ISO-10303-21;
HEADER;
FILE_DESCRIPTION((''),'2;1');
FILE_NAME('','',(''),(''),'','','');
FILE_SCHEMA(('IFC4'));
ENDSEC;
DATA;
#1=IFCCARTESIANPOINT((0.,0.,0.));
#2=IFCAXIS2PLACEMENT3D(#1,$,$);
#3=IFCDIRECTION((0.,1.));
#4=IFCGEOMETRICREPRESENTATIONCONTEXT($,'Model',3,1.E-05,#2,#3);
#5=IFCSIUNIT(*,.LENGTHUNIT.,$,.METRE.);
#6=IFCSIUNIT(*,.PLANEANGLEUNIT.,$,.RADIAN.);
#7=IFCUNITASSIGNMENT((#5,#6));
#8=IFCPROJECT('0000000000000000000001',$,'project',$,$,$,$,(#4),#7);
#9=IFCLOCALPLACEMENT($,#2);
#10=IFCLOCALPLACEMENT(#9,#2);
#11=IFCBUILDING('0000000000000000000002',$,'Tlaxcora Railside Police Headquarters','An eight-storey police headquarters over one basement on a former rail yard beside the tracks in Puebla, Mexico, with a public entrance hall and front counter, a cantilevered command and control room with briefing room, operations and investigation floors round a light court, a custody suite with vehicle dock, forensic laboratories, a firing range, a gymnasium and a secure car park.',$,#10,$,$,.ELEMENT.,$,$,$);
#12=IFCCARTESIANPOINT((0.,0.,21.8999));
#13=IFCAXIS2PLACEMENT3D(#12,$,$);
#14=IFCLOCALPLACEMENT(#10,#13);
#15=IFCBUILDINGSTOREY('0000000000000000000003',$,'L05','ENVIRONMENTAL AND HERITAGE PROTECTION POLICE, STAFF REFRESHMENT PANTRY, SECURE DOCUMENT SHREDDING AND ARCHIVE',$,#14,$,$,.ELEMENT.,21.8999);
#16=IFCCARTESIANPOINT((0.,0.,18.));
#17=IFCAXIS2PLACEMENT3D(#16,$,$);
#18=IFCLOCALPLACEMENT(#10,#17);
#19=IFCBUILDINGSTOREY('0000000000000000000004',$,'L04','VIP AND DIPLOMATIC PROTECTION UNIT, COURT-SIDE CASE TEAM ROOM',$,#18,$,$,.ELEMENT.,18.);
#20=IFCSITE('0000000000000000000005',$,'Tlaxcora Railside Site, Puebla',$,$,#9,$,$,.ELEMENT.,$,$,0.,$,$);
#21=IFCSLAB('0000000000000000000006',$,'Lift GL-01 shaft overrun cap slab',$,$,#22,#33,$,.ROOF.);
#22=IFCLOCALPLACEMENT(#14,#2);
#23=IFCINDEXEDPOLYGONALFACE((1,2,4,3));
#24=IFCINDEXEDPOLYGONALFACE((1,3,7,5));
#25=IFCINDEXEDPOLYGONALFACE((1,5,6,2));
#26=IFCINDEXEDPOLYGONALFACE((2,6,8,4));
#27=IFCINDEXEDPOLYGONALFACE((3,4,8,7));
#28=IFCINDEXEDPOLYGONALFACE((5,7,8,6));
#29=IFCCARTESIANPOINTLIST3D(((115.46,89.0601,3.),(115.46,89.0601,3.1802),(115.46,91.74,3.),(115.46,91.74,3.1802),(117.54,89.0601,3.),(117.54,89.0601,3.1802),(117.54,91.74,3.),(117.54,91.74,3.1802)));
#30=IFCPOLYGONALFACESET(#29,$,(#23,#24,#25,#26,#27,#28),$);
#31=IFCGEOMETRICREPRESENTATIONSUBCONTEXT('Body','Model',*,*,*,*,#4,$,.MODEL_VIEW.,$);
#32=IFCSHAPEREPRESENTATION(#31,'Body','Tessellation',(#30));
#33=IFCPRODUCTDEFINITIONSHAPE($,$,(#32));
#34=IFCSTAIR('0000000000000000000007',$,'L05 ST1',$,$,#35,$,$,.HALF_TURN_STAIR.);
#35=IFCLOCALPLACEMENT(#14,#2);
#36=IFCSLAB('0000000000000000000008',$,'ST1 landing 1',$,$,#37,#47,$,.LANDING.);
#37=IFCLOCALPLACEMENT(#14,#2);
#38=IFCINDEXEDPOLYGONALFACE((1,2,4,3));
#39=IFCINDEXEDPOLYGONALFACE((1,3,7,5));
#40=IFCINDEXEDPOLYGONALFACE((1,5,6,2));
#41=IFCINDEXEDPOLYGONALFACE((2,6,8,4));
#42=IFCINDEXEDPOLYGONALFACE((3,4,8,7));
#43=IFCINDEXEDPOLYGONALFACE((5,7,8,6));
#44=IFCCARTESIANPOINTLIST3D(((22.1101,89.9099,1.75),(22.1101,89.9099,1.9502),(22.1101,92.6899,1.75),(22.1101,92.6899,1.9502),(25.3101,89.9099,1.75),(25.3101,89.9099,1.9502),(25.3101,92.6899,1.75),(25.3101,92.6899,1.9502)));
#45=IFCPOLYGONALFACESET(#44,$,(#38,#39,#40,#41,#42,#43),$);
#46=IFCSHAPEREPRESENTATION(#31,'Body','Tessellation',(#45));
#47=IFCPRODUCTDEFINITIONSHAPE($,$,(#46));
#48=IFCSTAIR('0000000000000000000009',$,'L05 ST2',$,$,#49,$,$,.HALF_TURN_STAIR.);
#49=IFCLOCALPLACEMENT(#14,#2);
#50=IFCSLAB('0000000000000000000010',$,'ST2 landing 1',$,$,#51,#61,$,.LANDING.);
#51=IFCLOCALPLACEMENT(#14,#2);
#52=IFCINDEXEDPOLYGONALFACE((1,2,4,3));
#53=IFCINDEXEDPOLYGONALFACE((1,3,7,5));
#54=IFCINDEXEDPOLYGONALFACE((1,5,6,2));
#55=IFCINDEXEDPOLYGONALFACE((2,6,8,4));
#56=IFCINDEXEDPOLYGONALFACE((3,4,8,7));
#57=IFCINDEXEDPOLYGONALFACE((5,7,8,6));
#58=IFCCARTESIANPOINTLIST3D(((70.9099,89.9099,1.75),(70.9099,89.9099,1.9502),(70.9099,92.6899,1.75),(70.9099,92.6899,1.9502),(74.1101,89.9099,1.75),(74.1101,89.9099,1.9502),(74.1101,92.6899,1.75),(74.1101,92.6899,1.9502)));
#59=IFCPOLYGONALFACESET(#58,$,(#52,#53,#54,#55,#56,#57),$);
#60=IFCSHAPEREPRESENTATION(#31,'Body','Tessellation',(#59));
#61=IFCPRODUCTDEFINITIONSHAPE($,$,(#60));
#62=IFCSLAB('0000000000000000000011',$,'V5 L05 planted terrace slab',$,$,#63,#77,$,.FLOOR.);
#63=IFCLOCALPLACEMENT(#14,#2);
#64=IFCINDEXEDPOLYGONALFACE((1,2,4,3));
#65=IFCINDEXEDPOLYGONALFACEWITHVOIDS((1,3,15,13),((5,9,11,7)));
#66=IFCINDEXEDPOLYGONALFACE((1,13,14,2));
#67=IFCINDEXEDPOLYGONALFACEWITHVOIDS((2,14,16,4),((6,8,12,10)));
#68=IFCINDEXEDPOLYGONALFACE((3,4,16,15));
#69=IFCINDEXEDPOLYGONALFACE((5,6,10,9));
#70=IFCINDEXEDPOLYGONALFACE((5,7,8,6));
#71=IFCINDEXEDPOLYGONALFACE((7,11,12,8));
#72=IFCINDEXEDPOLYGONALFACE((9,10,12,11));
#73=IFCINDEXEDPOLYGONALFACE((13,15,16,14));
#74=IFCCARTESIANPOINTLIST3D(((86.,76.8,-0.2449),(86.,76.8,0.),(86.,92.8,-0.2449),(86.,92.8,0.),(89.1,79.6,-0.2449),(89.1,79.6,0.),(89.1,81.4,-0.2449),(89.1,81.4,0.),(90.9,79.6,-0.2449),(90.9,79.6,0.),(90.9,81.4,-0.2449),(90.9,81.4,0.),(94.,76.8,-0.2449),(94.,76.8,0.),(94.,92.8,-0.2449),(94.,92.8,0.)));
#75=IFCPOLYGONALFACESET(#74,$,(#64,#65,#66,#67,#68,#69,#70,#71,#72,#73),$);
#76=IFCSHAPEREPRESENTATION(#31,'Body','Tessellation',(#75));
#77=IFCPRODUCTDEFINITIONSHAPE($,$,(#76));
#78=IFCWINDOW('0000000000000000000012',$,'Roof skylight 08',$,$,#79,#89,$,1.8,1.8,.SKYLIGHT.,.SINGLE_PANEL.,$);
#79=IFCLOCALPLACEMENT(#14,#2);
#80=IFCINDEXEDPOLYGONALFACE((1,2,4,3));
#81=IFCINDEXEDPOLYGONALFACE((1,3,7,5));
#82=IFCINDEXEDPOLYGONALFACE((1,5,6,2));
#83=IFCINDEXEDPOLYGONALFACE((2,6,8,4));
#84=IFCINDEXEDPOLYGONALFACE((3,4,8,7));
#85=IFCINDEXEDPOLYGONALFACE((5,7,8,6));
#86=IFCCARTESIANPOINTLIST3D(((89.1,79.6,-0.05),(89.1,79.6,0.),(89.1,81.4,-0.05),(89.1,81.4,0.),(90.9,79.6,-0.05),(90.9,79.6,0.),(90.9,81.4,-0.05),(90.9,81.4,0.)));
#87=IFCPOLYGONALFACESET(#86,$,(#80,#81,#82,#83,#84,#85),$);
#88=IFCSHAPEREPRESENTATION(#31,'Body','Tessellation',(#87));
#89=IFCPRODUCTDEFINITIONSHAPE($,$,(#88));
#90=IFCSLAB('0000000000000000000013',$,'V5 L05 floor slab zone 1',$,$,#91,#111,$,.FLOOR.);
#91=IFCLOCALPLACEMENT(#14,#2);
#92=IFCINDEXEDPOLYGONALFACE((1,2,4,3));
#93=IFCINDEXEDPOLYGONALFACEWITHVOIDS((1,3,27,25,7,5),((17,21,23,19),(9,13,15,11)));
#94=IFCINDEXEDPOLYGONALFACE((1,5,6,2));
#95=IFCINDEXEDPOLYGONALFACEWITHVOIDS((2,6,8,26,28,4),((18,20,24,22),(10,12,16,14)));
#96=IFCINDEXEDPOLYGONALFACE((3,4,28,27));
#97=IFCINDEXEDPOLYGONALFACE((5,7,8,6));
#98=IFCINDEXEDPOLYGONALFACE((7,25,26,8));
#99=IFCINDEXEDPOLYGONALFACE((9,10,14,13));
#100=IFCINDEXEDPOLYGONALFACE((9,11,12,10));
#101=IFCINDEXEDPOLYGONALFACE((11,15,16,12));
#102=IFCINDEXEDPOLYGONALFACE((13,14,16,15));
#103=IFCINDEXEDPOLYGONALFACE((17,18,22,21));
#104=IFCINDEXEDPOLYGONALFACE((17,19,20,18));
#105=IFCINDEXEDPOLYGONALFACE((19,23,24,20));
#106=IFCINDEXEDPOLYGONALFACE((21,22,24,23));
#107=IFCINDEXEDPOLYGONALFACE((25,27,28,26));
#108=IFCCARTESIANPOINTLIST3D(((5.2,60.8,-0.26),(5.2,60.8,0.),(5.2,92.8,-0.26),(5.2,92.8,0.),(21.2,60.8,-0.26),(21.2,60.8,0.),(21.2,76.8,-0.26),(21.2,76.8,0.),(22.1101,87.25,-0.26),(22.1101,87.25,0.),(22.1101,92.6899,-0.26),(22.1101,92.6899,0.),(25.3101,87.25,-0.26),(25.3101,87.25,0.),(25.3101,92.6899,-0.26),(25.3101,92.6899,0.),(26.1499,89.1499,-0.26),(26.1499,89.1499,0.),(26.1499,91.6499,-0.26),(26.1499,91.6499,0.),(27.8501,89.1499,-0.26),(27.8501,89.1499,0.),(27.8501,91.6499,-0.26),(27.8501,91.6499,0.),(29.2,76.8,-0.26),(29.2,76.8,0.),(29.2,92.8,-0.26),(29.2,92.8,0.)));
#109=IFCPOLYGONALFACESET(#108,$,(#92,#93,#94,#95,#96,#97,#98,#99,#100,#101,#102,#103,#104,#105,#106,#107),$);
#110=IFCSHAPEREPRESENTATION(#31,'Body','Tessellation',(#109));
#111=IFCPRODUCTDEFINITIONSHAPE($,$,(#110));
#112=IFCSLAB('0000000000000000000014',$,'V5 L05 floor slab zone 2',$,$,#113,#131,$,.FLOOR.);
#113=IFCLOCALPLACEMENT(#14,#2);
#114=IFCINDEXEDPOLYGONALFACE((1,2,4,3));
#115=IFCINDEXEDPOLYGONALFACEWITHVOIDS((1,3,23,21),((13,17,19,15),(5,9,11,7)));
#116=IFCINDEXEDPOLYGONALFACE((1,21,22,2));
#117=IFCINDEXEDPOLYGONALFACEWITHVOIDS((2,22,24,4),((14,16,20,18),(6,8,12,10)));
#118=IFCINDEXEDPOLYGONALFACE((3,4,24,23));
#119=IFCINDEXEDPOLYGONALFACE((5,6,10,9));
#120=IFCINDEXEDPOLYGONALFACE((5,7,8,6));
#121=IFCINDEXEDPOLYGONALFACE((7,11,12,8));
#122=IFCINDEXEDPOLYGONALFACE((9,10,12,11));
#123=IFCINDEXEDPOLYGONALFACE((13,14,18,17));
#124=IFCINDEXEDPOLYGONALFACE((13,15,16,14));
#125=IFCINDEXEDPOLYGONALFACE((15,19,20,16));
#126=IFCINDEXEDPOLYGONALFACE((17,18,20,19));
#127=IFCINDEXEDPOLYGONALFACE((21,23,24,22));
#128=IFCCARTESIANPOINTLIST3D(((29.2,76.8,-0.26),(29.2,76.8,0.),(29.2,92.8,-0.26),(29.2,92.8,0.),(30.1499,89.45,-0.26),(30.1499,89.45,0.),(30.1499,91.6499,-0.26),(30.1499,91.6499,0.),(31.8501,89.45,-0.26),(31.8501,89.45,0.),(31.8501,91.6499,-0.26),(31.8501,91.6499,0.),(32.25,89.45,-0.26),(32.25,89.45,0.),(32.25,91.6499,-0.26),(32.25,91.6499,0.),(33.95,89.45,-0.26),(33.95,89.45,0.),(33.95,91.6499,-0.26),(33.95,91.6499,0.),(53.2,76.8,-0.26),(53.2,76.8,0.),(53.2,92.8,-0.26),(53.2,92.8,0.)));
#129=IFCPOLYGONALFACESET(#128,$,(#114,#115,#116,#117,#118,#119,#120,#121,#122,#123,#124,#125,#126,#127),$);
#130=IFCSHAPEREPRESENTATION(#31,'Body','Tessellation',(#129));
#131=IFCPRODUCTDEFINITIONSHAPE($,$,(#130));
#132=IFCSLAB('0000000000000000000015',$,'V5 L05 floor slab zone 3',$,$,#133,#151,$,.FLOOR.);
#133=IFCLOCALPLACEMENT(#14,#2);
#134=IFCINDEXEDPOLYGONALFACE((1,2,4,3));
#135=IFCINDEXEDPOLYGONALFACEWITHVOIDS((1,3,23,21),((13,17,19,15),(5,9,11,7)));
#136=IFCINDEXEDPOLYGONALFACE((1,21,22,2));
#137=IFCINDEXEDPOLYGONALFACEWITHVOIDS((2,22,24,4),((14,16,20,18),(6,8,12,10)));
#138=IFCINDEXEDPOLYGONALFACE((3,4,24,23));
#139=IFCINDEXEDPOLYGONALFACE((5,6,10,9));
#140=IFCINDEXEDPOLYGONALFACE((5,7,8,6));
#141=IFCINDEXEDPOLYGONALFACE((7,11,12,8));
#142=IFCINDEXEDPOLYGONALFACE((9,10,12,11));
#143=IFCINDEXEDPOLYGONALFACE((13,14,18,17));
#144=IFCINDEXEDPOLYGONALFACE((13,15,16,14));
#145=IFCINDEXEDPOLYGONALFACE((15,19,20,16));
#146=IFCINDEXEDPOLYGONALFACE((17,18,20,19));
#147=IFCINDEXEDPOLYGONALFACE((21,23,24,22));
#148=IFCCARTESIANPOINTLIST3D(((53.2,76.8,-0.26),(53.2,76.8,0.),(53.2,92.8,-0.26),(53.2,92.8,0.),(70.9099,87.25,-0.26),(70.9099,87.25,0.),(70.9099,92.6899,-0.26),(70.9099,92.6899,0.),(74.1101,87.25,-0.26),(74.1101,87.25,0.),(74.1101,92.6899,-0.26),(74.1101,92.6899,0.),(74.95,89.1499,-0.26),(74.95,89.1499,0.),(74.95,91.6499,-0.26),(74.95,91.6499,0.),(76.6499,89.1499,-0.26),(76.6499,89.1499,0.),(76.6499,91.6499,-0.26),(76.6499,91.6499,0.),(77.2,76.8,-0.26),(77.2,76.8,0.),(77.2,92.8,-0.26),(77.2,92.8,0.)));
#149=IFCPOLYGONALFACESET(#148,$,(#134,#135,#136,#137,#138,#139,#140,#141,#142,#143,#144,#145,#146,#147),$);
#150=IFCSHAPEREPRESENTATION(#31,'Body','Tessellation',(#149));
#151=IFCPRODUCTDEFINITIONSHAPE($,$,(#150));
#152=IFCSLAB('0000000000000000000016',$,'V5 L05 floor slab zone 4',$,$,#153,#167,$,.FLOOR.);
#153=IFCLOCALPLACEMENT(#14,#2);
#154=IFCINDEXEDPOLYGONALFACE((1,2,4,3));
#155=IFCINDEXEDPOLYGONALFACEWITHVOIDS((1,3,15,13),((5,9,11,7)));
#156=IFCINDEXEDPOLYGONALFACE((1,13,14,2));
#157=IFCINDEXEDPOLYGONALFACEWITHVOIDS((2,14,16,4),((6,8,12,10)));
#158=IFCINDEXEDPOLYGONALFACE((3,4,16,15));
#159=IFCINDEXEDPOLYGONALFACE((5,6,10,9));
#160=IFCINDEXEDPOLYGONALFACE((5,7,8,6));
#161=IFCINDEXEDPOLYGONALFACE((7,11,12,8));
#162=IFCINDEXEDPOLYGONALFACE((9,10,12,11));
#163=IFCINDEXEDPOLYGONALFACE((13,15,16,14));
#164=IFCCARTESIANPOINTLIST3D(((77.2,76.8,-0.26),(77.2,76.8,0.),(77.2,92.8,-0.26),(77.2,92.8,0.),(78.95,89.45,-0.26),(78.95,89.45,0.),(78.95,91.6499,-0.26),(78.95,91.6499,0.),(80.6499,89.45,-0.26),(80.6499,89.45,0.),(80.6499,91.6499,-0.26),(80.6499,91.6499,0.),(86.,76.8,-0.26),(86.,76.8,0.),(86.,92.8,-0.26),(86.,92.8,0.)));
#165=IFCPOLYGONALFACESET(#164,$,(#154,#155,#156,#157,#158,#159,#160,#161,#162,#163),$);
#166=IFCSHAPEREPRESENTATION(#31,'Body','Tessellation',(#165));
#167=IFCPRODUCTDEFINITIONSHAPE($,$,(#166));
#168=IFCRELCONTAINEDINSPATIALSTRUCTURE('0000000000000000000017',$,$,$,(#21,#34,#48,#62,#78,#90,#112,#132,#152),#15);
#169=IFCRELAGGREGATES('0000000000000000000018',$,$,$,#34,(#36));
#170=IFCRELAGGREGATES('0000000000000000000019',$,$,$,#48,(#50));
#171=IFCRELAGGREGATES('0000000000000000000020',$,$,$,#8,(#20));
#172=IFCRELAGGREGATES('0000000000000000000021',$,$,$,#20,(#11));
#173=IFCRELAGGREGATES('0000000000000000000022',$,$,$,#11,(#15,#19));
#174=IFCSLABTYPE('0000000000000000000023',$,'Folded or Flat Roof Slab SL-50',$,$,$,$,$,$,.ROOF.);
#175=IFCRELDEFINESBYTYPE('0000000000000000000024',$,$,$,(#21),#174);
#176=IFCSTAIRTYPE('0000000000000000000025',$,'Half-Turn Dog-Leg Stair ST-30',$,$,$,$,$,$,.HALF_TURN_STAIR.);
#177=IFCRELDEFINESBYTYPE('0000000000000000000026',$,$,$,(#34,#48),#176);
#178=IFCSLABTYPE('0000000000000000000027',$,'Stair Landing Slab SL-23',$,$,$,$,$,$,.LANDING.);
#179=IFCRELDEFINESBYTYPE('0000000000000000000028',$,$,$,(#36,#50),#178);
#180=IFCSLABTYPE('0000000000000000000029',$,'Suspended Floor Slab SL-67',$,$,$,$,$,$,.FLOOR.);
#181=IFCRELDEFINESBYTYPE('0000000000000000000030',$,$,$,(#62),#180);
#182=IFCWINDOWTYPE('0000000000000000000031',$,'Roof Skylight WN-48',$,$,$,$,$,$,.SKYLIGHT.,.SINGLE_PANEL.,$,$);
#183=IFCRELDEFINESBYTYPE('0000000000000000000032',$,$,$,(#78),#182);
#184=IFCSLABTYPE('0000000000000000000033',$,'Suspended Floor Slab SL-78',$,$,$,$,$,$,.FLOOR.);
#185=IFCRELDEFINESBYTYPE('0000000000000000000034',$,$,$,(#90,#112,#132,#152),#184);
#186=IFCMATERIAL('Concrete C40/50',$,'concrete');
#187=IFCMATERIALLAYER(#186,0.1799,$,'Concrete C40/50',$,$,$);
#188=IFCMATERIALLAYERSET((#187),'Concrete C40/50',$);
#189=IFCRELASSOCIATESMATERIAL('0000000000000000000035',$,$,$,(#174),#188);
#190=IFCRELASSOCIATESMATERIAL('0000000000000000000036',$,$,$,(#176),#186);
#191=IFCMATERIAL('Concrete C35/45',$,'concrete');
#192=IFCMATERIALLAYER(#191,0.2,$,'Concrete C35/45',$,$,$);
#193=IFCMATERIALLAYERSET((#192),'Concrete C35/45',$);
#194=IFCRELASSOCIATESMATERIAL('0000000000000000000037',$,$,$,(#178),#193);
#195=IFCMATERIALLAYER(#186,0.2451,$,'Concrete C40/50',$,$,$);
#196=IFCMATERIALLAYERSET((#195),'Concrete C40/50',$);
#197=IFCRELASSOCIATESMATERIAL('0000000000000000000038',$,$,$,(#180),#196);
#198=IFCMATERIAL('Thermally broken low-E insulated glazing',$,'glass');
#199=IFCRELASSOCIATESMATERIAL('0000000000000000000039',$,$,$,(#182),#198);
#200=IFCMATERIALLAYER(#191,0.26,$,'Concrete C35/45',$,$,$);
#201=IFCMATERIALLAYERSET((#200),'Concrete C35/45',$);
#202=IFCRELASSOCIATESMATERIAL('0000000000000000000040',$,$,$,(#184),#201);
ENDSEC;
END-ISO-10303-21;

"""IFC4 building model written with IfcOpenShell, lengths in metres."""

from ifc_helpers import new_model, si_unit, direction, frame, origin, origin_2d, place, context, subcontext, project, spatial, polyline, rectangle, outline, extrude, material, layer, layer_set, type_object, element, fill, aggregate, save


model = new_model("IFC4")

# Units and contexts
model_context = context("Model", 3, precision=1e-05, world=origin(), true_north=direction((0.0, 1.0)))
body_context = subcontext(model_context, "Body", "Model", "MODEL_VIEW")
ifc_project = project(units=[si_unit("LENGTHUNIT", "METRE"), si_unit("PLANEANGLEUNIT", "RADIAN")], contexts=[model_context])

# Site, building, storey
site_placement = place(None, origin())
site = spatial("IfcSite", under=ifc_project, at=site_placement, Name="Tlaxcora Railside Site, Puebla", CompositionType="ELEMENT", RefElevation=0.0)
building_placement = place(site_placement, origin())
building = spatial("IfcBuilding", under=site, at=building_placement, Name="Tlaxcora Railside Police Headquarters", Description="An eight-storey police headquarters over one basement on a former rail yard beside the tracks in Puebla, Mexico, with a public entrance hall and front counter, a cantilevered command and control room with briefing room, operations and investigation floors round a light court, a custody suite with vehicle dock, forensic laboratories, a firing range, a gymnasium and a secure car park.", CompositionType="ELEMENT")
storey_1_placement = place(building_placement, frame((0.0, 0.0, 21.8999)))
storey_1 = spatial("IfcBuildingStorey", under=building, at=storey_1_placement, Name="L05", Description="ENVIRONMENTAL AND HERITAGE PROTECTION POLICE, STAFF REFRESHMENT PANTRY, SECURE DOCUMENT SHREDDING AND ARCHIVE", CompositionType="ELEMENT", Elevation=21.8999)

# Shared definitions
ifc_material_1 = material(Name="Concrete C40/50", Category="concrete")
ifc_layer_1 = layer(ifc_material_1, 0.1799, Name="Concrete C40/50")
ifc_layer_set_1 = layer_set([ifc_layer_1], Name="Concrete C40/50")
slab_type_1 = type_object("IfcSlabType", Name="Folded or Flat Roof Slab SL-50", PredefinedType="ROOF", material=ifc_layer_set_1)

# Shared definitions
storey_2_placement = place(building_placement, frame((0.0, 0.0, 18.0)))
storey_2 = spatial("IfcBuildingStorey", under=building, at=storey_2_placement, Name="L04", Description="VIP AND DIPLOMATIC PROTECTION UNIT, COURT-SIDE CASE TEAM ROOM", CompositionType="ELEMENT", Elevation=18.0)

# Slab
slab_1_placement = place(storey_1_placement, frame((0.0, 0.0, 3.0)))
element("IfcSlab", 1, at=slab_1_placement, inside=storey_1, type_object=slab_type_1, Name="Lift GL-01 shaft overrun cap slab", PredefinedType="ROOF", context=body_context, shape_type="SweptSolid", body=[
    extrude(outline(polyline([(115.46, 89.0601), (117.54, 89.0601), (117.54, 91.74), (115.46, 91.74), (115.46, 89.0601)])), origin(), (0.0, 0.0, 1.0), 0.1802),
])

# Stairs, slabs
stair_type = type_object("IfcStairType", Name="Half-Turn Dog-Leg Stair ST-30", PredefinedType="HALF_TURN_STAIR", material=ifc_material_1)
stair_1_placement = place(storey_1_placement, origin())
stair_1 = element("IfcStair", 2, at=stair_1_placement, inside=storey_1, type_object=stair_type, Name="L05 ST1", PredefinedType="HALF_TURN_STAIR")
ifc_material_2 = material(Name="Concrete C35/45", Category="concrete")
ifc_layer_2 = layer(ifc_material_2, 0.2, Name="Concrete C35/45")
ifc_layer_set_2 = layer_set([ifc_layer_2], Name="Concrete C35/45")
slab_type_2 = type_object("IfcSlabType", Name="Stair Landing Slab SL-23", PredefinedType="LANDING", material=ifc_layer_set_2)
slab_2_placement = place(storey_1_placement, frame((0.0, 0.0, 1.75)))
slab_2 = element("IfcSlab", 3, at=slab_2_placement, type_object=slab_type_2, Name="ST1 landing 1", PredefinedType="LANDING", context=body_context, shape_type="SweptSolid", body=[
    extrude(outline(polyline([(25.3101, 89.9099), (25.3101, 92.6899), (22.1101, 92.6899), (22.1101, 89.9099), (25.3101, 89.9099)])), origin(), (0.0, 0.0, 1.0), 0.2002),
])
aggregate(stair_1, [slab_2])
stair_2_placement = place(storey_1_placement, origin())
stair_2 = element("IfcStair", 4, at=stair_2_placement, inside=storey_1, type_object=stair_type, Name="L05 ST2", PredefinedType="HALF_TURN_STAIR")
slab_3_placement = place(storey_1_placement, frame((0.0, 0.0, 1.75)))
slab_3 = element("IfcSlab", 5, at=slab_3_placement, type_object=slab_type_2, Name="ST2 landing 1", PredefinedType="LANDING", context=body_context, shape_type="SweptSolid", body=[
    extrude(outline(polyline([(74.1101, 89.9099), (74.1101, 92.6899), (70.9099, 92.6899), (70.9099, 89.9099), (74.1101, 89.9099)])), origin(), (0.0, 0.0, 1.0), 0.2002),
])
aggregate(stair_2, [slab_3])

# Slab, opening, window
ifc_layer_3 = layer(ifc_material_1, 0.2451, Name="Concrete C40/50")
ifc_layer_set_3 = layer_set([ifc_layer_3], Name="Concrete C40/50")
slab_type_3 = type_object("IfcSlabType", Name="Suspended Floor Slab SL-67", PredefinedType="FLOOR", material=ifc_layer_set_3)
slab_4_placement = place(storey_1_placement, frame((0.0, 0.0, -0.2449)))
slab_4 = element("IfcSlab", 6, at=slab_4_placement, inside=storey_1, type_object=slab_type_3, Name="V5 L05 planted terrace slab", PredefinedType="FLOOR", context=body_context, shape_type="SweptSolid", body=[
    extrude(outline(polyline([(94.0, 76.8), (94.0, 92.8), (86.0, 92.8), (86.0, 76.8), (94.0, 76.8)])), origin(), (0.0, 0.0, 1.0), 0.2449),
])
opening_1_placement = place(slab_4_placement, frame((90.0, 80.5, -0.01)))
opening_1 = element("IfcOpeningElement", 7, at=opening_1_placement, cuts=slab_4, PredefinedType="OPENING", context=body_context, shape_type="SweptSolid", body=[
    extrude(rectangle(XDim=1.8, YDim=1.8, at=origin_2d()), origin(), (0.0, 0.0, 1.0), 0.2649),
])
ifc_material_3 = material(Name="Thermally broken low-E insulated glazing", Category="glass")
window_type = type_object("IfcWindowType", Name="Roof Skylight WN-48", PartitioningType="SINGLE_PANEL", PredefinedType="SKYLIGHT", material=ifc_material_3)
window_placement = place(opening_1_placement, frame((0.0, 0.0, 0.2048)))
window = element("IfcWindow", 8, at=window_placement, inside=storey_1, type_object=window_type, Name="Roof skylight 08", OverallHeight=1.8, OverallWidth=1.8, PartitioningType="SINGLE_PANEL", PredefinedType="SKYLIGHT", context=body_context, shape_type="SweptSolid", body=[
    extrude(rectangle(XDim=1.8, YDim=1.8, at=origin_2d()), origin(), (0.0, 0.0, 1.0), 0.05),
])
fill(opening_1, window)

# Slabs
ifc_layer_4 = layer(ifc_material_2, 0.26, Name="Concrete C35/45")
ifc_layer_set_4 = layer_set([ifc_layer_4], Name="Concrete C35/45")
slab_type_4 = type_object("IfcSlabType", Name="Suspended Floor Slab SL-78", PredefinedType="FLOOR", material=ifc_layer_set_4)
slab_5_placement = place(storey_1_placement, frame((0.0, 0.0, -0.26)))
element("IfcSlab", 9, at=slab_5_placement, inside=storey_1, type_object=slab_type_4, Name="V5 L05 floor slab zone 1", PredefinedType="FLOOR", context=body_context, shape_type="SweptSolid", body=[
    extrude(outline(polyline([(21.2, 76.8), (29.2, 76.8), (29.2, 92.8), (5.2, 92.8), (5.2, 60.8), (21.2, 60.8), (21.2, 76.8)]), holes=[polyline([(22.1101, 92.6899), (25.3101, 92.6899), (25.3101, 87.25), (22.1101, 87.25), (22.1101, 92.6899)]), polyline([(27.8501, 91.6499), (27.8501, 89.1499), (26.1499, 89.1499), (26.1499, 91.6499), (27.8501, 91.6499)])]), origin(), (0.0, 0.0, 1.0), 0.26),
])
slab_6_placement = place(storey_1_placement, frame((0.0, 0.0, -0.26)))
element("IfcSlab", 10, at=slab_6_placement, inside=storey_1, type_object=slab_type_4, Name="V5 L05 floor slab zone 2", PredefinedType="FLOOR", context=body_context, shape_type="SweptSolid", body=[
    extrude(outline(polyline([(53.2, 92.8), (29.2, 92.8), (29.2, 76.8), (53.2, 76.8), (53.2, 92.8)]), holes=[polyline([(31.8501, 89.45), (30.1499, 89.45), (30.1499, 91.6499), (31.8501, 91.6499), (31.8501, 89.45)]), polyline([(32.25, 89.45), (32.25, 91.6499), (33.95, 91.6499), (33.95, 89.45), (32.25, 89.45)])]), origin(), (0.0, 0.0, 1.0), 0.26),
])
slab_7_placement = place(storey_1_placement, frame((0.0, 0.0, -0.26)))
element("IfcSlab", 11, at=slab_7_placement, inside=storey_1, type_object=slab_type_4, Name="V5 L05 floor slab zone 3", PredefinedType="FLOOR", context=body_context, shape_type="SweptSolid", body=[
    extrude(outline(polyline([(77.2, 92.8), (53.2, 92.8), (53.2, 76.8), (77.2, 76.8), (77.2, 92.8)]), holes=[polyline([(70.9099, 92.6899), (74.1101, 92.6899), (74.1101, 87.25), (70.9099, 87.25), (70.9099, 92.6899)]), polyline([(76.6499, 91.6499), (76.6499, 89.1499), (74.95, 89.1499), (74.95, 91.6499), (76.6499, 91.6499)])]), origin(), (0.0, 0.0, 1.0), 0.26),
])
slab_8_placement = place(storey_1_placement, frame((0.0, 0.0, -0.26)))
element("IfcSlab", 12, at=slab_8_placement, inside=storey_1, type_object=slab_type_4, Name="V5 L05 floor slab zone 4", PredefinedType="FLOOR", context=body_context, shape_type="SweptSolid", body=[
    extrude(outline(polyline([(86.0, 92.8), (77.2, 92.8), (77.2, 76.8), (86.0, 76.8), (86.0, 92.8)]), holes=[polyline([(80.6499, 89.45), (78.95, 89.45), (78.95, 91.6499), (80.6499, 91.6499), (80.6499, 89.45)])]), origin(), (0.0, 0.0, 1.0), 0.26),
])

save(model, "model.ifc")
